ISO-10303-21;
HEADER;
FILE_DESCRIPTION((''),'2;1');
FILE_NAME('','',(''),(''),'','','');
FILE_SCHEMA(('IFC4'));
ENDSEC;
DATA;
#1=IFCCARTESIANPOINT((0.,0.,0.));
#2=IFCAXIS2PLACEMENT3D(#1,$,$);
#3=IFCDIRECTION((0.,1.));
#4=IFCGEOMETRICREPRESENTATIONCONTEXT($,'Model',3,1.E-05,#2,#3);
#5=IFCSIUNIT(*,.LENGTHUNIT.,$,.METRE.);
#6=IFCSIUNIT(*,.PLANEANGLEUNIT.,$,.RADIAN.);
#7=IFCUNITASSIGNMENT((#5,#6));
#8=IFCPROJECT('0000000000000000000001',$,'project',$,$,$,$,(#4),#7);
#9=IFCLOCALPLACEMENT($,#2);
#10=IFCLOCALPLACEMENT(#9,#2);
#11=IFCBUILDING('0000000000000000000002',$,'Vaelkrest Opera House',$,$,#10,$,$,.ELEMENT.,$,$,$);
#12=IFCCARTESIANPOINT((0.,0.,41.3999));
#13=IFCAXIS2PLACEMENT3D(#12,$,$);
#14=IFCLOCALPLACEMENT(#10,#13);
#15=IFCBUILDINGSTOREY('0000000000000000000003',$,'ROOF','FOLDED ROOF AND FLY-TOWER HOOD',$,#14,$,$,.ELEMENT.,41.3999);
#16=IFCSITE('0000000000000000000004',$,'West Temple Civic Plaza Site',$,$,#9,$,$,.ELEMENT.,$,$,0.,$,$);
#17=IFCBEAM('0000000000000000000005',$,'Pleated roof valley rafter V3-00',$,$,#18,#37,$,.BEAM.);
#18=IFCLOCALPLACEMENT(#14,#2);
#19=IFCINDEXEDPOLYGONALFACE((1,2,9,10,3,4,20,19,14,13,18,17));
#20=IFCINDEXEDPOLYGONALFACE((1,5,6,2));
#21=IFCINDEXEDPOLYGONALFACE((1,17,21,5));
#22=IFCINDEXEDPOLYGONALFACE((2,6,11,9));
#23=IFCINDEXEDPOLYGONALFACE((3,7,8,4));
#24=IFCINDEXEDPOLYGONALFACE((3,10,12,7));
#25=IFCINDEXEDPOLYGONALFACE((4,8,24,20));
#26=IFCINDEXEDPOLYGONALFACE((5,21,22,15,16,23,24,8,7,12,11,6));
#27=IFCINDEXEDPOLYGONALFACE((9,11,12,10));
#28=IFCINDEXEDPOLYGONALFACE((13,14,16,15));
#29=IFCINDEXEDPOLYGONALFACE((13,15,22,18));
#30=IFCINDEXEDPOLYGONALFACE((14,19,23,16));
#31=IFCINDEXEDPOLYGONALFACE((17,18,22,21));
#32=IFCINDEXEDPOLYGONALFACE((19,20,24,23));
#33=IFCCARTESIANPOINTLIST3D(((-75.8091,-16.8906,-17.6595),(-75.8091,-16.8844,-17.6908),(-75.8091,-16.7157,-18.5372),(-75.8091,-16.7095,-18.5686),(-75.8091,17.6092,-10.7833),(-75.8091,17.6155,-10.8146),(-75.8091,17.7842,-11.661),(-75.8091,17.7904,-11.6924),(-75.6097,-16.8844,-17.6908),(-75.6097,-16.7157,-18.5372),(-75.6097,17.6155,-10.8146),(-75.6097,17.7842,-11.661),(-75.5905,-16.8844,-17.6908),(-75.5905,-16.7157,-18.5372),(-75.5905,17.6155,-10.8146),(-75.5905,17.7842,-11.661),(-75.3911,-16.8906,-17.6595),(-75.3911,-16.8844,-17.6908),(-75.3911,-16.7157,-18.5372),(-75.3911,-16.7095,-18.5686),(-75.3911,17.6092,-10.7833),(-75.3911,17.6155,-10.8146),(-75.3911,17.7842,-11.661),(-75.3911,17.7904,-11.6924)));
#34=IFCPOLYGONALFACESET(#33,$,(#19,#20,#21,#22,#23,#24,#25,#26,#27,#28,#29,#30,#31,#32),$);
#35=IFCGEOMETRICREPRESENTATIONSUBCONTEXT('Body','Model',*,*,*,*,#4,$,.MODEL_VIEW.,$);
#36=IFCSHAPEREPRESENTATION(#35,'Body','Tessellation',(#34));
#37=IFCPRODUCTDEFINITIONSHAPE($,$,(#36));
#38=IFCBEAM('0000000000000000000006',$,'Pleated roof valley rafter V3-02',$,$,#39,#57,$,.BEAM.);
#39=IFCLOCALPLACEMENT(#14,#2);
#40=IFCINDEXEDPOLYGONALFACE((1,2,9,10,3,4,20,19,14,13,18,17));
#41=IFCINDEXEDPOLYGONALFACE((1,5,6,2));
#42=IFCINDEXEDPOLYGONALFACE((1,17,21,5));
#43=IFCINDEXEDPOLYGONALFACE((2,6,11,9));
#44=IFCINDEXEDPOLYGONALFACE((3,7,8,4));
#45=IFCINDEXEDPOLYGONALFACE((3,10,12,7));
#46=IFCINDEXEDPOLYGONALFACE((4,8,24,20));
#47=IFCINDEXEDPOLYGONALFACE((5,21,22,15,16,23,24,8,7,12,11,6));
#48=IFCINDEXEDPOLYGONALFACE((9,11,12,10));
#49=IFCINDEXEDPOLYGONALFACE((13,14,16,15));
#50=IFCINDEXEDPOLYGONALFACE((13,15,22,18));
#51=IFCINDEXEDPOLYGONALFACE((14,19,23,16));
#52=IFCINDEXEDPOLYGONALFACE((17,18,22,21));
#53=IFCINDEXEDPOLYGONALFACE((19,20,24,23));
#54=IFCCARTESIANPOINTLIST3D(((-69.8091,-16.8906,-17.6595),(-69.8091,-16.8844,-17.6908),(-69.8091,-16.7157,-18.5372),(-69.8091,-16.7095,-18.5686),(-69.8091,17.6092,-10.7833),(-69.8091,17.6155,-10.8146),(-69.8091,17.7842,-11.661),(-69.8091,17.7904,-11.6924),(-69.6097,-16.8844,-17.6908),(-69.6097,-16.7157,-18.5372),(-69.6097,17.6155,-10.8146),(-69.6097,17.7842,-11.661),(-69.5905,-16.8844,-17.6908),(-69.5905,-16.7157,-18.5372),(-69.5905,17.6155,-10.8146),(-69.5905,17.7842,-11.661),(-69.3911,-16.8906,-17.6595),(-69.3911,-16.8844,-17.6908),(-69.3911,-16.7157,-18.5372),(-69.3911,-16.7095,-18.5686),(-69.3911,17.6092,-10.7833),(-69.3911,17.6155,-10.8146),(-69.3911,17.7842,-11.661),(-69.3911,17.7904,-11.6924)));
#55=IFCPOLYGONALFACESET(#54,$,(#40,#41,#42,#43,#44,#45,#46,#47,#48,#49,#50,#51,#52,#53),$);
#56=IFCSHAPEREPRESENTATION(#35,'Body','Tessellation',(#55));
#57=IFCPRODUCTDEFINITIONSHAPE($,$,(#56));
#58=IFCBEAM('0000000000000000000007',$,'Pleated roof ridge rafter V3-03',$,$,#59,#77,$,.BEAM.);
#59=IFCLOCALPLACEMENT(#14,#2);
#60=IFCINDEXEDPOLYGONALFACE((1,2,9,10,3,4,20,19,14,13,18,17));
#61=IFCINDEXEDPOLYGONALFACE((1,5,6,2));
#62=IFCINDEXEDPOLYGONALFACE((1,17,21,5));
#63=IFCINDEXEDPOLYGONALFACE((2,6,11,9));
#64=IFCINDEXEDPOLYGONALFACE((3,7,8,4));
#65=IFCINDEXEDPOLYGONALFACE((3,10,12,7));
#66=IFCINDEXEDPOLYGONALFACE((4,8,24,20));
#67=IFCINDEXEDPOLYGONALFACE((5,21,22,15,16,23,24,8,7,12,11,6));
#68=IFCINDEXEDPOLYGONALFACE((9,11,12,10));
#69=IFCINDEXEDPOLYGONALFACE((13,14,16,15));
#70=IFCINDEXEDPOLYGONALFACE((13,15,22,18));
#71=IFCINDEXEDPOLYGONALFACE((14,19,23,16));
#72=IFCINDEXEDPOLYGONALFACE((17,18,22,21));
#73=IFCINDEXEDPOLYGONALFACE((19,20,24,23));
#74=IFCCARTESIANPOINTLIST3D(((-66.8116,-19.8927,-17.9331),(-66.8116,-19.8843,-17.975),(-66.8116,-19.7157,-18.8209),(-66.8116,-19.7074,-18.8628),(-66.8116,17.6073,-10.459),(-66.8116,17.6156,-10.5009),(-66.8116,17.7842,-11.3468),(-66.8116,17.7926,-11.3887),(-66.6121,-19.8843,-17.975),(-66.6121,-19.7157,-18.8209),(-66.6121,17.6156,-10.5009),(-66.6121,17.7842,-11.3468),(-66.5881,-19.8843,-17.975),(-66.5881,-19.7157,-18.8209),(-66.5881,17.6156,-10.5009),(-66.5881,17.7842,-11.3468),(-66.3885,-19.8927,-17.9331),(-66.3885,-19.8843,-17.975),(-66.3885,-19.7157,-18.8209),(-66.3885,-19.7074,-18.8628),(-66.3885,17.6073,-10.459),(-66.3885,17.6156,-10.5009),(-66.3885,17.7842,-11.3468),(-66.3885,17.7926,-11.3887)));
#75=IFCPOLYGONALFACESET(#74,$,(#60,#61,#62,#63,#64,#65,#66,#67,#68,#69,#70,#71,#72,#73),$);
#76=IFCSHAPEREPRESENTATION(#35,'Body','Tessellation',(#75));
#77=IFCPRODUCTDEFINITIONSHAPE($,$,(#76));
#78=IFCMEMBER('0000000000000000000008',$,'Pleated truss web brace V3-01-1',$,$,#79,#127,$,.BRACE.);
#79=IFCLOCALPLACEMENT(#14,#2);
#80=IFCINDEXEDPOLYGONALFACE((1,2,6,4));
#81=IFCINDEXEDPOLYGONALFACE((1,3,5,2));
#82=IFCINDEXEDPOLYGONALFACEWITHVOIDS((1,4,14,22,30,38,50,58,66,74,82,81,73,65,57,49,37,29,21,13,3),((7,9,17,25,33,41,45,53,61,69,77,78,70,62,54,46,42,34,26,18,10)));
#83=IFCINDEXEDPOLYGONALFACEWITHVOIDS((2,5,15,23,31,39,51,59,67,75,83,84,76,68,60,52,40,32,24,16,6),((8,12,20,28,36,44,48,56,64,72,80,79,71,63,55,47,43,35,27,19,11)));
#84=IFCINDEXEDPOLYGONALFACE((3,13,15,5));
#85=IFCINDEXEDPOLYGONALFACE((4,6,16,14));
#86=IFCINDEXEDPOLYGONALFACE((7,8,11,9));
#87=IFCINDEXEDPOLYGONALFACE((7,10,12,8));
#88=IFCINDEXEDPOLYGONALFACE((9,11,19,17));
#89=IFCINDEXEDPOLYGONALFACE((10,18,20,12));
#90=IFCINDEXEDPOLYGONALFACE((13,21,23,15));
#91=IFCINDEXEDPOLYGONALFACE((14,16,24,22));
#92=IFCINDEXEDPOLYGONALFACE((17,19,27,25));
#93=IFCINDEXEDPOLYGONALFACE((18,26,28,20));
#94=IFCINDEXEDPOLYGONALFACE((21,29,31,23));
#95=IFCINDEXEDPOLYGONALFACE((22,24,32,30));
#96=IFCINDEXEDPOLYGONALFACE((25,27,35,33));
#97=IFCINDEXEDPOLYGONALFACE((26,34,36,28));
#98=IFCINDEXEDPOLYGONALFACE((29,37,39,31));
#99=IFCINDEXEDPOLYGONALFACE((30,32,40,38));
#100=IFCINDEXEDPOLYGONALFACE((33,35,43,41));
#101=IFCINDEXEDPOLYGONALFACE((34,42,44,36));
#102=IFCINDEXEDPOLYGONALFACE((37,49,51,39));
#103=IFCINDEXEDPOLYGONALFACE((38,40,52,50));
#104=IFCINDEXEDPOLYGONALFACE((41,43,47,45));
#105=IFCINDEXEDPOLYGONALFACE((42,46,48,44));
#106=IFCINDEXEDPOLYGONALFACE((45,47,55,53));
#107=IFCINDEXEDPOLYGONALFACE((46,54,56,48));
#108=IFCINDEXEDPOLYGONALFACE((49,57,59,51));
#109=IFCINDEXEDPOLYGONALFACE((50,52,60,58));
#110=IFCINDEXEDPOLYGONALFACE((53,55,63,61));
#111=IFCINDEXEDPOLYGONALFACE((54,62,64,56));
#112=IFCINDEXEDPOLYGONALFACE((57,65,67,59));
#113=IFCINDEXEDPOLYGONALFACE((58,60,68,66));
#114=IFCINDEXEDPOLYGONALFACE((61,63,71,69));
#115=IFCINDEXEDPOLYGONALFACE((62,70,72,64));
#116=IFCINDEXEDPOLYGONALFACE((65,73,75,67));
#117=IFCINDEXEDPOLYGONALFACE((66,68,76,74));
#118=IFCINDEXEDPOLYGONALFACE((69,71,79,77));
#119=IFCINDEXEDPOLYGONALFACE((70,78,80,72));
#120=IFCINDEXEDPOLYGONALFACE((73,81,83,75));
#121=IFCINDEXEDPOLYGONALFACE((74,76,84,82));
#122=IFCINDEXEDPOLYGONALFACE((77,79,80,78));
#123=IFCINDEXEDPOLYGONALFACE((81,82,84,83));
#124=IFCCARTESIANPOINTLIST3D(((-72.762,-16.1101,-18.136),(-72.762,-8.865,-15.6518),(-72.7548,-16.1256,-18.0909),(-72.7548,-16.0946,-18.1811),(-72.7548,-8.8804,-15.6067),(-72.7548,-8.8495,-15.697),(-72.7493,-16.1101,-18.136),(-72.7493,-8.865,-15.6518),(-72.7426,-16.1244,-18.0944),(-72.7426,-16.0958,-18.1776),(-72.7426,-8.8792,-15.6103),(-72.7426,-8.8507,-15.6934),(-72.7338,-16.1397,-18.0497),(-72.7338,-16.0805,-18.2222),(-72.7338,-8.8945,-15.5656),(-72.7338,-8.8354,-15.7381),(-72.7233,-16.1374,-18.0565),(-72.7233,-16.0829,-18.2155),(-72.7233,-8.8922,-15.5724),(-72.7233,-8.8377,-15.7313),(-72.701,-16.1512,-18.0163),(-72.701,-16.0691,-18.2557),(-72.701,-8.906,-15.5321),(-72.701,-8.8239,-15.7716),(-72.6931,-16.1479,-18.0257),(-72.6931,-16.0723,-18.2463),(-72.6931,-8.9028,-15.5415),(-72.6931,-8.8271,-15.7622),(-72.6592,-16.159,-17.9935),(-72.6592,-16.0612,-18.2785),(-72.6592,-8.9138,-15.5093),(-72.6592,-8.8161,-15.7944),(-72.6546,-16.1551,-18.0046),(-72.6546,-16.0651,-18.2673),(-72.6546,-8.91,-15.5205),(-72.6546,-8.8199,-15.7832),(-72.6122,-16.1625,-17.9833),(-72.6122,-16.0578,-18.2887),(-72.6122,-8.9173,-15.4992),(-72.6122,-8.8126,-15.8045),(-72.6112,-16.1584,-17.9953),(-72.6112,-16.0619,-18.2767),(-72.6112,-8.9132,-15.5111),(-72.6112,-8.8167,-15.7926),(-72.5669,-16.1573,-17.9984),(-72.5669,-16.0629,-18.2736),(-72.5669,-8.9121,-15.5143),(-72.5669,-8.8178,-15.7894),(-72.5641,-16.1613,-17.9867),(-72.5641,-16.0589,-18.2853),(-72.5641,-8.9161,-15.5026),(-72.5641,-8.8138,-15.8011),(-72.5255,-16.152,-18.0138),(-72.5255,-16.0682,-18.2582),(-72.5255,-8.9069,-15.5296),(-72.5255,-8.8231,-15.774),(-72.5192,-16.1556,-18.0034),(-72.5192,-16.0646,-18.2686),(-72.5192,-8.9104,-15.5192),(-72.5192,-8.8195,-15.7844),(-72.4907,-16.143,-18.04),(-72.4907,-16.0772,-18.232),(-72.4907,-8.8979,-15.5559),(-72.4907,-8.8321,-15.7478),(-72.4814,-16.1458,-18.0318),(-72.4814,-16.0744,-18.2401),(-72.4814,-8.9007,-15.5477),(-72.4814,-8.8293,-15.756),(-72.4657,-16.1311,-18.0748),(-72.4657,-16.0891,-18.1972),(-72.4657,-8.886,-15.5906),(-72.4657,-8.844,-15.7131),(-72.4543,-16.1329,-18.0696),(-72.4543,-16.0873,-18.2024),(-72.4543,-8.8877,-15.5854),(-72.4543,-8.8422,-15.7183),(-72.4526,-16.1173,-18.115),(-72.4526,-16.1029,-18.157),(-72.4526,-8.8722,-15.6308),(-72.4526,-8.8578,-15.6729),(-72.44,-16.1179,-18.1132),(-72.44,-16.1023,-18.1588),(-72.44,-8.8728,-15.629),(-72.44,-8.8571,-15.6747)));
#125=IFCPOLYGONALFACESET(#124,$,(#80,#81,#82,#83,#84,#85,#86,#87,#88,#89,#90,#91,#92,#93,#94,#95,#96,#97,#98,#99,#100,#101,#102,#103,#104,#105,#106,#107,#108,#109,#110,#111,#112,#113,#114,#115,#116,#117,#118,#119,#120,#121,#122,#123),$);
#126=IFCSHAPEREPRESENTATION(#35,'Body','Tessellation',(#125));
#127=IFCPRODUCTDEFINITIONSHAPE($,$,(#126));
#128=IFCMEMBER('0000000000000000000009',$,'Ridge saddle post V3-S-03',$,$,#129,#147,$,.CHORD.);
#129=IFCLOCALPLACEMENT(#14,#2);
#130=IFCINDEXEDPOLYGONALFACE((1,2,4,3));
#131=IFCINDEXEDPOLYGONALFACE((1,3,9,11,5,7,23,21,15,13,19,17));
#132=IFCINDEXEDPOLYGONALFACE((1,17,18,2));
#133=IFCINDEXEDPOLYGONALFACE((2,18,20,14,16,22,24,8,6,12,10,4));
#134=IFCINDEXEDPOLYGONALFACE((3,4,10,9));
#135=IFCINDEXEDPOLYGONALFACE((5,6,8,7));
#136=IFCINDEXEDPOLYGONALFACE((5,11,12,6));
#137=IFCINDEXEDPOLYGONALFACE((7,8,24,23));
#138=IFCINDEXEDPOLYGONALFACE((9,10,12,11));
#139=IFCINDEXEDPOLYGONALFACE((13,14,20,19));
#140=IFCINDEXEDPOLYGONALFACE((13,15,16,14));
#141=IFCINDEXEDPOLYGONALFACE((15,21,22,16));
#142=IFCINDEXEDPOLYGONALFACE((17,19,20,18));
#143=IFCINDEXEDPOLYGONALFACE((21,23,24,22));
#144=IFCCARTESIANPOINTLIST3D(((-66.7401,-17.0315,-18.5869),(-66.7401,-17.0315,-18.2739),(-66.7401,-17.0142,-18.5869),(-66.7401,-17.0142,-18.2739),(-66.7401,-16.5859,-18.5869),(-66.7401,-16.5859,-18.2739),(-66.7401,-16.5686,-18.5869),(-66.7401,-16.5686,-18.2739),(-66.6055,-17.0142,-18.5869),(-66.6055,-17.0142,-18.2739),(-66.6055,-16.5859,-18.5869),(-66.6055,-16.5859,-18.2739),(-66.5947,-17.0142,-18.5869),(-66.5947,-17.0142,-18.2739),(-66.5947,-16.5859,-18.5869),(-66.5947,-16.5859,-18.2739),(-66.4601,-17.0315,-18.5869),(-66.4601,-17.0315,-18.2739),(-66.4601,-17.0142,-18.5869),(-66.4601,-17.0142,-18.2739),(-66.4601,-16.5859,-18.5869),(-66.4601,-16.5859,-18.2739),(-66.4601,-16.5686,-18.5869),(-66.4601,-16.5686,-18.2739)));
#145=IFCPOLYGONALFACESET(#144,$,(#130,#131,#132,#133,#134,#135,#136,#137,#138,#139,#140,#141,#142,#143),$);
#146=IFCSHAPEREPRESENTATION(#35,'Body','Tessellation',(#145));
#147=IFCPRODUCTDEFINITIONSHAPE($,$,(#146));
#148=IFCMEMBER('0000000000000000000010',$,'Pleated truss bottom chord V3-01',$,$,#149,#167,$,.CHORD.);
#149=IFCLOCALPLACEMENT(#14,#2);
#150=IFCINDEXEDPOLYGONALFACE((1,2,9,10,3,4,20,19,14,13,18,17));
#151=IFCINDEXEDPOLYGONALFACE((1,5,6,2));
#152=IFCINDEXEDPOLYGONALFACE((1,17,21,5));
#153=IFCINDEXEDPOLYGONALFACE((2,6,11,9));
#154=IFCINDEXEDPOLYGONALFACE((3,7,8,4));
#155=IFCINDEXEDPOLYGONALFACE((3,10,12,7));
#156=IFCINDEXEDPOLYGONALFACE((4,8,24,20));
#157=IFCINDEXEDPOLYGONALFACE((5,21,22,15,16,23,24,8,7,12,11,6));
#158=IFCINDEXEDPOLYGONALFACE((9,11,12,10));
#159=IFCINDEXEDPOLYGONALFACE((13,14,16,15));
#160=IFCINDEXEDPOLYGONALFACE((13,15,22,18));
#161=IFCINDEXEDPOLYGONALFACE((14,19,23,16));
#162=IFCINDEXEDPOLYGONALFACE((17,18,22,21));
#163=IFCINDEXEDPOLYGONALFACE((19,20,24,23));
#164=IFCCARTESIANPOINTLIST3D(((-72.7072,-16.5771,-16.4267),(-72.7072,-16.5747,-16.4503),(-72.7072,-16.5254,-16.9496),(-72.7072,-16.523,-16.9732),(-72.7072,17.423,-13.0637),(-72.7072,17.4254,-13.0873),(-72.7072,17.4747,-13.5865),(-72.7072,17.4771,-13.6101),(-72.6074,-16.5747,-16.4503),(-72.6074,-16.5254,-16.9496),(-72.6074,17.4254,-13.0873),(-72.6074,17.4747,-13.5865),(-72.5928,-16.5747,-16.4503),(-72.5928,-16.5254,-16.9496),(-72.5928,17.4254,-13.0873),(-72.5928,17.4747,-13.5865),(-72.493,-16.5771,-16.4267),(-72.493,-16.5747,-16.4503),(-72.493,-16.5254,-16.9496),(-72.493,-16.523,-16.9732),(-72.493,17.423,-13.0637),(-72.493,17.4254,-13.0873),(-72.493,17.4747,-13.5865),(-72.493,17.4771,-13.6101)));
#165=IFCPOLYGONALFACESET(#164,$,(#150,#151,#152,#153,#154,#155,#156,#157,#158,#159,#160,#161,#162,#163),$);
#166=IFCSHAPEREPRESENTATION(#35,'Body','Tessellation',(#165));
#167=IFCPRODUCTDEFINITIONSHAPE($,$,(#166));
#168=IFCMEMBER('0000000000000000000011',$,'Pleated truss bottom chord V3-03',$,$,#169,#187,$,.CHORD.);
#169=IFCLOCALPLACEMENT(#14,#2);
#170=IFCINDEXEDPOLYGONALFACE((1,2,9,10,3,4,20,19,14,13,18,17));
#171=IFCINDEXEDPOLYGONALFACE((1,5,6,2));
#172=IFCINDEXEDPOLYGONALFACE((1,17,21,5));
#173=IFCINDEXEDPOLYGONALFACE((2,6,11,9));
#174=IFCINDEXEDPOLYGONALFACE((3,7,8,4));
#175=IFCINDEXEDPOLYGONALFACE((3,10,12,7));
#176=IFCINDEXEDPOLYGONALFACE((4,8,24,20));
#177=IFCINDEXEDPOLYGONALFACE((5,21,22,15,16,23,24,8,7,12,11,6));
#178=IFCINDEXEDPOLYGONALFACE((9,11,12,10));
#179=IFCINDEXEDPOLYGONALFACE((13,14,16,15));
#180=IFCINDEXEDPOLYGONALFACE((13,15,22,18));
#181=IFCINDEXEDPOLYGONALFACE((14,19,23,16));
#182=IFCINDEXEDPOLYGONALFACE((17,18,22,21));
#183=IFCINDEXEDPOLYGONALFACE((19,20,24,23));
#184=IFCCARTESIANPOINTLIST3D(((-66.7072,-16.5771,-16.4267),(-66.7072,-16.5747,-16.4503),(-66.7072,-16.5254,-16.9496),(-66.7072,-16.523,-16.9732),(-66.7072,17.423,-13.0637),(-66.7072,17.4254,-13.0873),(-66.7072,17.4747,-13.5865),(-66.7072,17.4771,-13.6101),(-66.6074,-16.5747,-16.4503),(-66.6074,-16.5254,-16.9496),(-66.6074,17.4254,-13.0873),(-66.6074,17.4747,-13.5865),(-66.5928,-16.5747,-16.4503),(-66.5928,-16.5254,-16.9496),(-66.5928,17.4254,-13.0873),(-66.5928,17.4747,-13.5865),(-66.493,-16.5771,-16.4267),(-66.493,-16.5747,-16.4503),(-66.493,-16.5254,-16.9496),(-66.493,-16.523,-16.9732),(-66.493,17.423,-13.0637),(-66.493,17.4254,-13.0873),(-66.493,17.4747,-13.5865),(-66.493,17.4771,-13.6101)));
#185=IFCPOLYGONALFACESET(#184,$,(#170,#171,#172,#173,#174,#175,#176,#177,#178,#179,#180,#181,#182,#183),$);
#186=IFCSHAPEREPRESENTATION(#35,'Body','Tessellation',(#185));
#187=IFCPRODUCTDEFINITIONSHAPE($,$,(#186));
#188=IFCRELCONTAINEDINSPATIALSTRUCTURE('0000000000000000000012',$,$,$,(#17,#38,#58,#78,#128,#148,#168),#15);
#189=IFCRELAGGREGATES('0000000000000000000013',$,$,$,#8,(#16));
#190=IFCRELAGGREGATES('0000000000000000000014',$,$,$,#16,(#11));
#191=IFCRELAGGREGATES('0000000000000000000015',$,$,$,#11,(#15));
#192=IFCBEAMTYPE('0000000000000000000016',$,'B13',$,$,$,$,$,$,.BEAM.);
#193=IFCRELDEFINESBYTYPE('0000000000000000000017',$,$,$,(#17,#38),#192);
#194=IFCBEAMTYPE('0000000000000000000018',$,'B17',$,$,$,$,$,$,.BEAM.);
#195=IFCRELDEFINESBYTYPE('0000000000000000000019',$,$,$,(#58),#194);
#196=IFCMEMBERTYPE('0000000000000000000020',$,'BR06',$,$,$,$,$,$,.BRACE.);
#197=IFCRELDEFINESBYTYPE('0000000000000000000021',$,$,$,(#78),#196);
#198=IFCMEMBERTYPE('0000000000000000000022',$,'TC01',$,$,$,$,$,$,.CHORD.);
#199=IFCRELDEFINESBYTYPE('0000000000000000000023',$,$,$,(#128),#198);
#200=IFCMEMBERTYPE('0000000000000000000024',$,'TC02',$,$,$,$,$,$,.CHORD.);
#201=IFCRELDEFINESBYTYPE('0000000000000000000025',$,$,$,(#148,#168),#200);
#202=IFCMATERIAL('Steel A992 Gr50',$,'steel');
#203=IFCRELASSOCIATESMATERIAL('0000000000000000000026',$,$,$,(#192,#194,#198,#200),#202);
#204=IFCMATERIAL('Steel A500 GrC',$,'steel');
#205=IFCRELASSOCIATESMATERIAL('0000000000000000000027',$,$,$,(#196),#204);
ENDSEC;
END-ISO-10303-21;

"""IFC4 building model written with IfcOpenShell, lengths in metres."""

from ifc_helpers import new_model, si_unit, direction, frame, origin, origin_2d, place, context, subcontext, project, spatial, hollow_circle, i_section, extrude, material, material_profile, profile_set, type_object, element, save


model = new_model("IFC4")

# Units and contexts
model_context = context("Model", 3, precision=1e-05, world=origin(), true_north=direction((0.0, 1.0)))
body_context = subcontext(model_context, "Body", "Model", "MODEL_VIEW")
ifc_project = project(units=[si_unit("LENGTHUNIT", "METRE"), si_unit("PLANEANGLEUNIT", "RADIAN")], contexts=[model_context])

# Site, building, storey
site_placement = place(None, origin())
site = spatial("IfcSite", under=ifc_project, at=site_placement, Name="West Temple Civic Plaza Site", CompositionType="ELEMENT", RefElevation=0.0)
building_placement = place(site_placement, origin())
building = spatial("IfcBuilding", under=site, at=building_placement, Name="Vaelkrest Opera House", CompositionType="ELEMENT")
storey_placement = place(building_placement, frame((0.0, 0.0, 41.3999)))
storey = spatial("IfcBuildingStorey", under=building, at=storey_placement, Name="ROOF", Description="FOLDED ROOF AND FLY-TOWER HOOD", CompositionType="ELEMENT", Elevation=41.3999)

# Beams
ifc_material_1 = material(Name="Steel A992 Gr50", Category="steel")
ifc_material_profile_1 = material_profile(ifc_material_1, i_section(OverallWidth=0.418, OverallDepth=0.927, WebThickness=0.0193, FlangeThickness=0.032, at=origin_2d()), Name="W36X231")
ifc_profile_set_1 = profile_set([ifc_material_profile_1], Name="Steel A992 Gr50")
beam_type_1 = type_object("IfcBeamType", Name="B13", PredefinedType="BEAM", material=ifc_profile_set_1)
for number, where, z_axis, x_axis, name in (
    (1, (-75.6001, -16.8, -18.114), (0.0, 0.98071, 0.195466), (-1.0, 0.0, 0.0), "Pleated roof valley rafter V3-00"),
    (2, (-69.6001, -16.8, -18.114), (0.0, 0.98071, 0.195466), (-1.0, 0.0, 0.0), "Pleated roof valley rafter V3-02"),
):
    element("IfcBeam", number, at=place(storey_placement, frame(where, z_axis=z_axis, x_axis=x_axis)), inside=storey, type_object=beam_type_1, Name=name, PredefinedType="BEAM", context=body_context, shape_type="SweptSolid", body=[
        extrude(i_section(OverallWidth=0.418, OverallDepth=0.927, WebThickness=0.0193, FlangeThickness=0.032, at=origin_2d()), origin(), (0.0, 0.0, 1.0), 35.1785),
    ])
ifc_material_profile_2 = material_profile(ifc_material_1, i_section(OverallWidth=0.4231, OverallDepth=0.948, WebThickness=0.0239, FlangeThickness=0.0427, at=origin_2d()), Name="W36X302")
ifc_profile_set_2 = profile_set([ifc_material_profile_2], Name="Steel A992 Gr50")
beam_type_2 = type_object("IfcBeamType", Name="B17", PredefinedType="BEAM", material=ifc_profile_set_2)
beam_placement = place(storey_placement, frame((-66.6001, -19.8, -18.3979), z_axis=(0.0, 0.980711, 0.195465), x_axis=(-1.0, 0.0, 0.0)))
element("IfcBeam", 3, at=beam_placement, inside=storey, type_object=beam_type_2, Name="Pleated roof ridge rafter V3-03", PredefinedType="BEAM", context=body_context, shape_type="SweptSolid", body=[
    extrude(i_section(OverallWidth=0.4231, OverallDepth=0.948, WebThickness=0.0239, FlangeThickness=0.0427, at=origin_2d()), origin(), (0.0, 0.0, 1.0), 38.2375),
])

# Members
ifc_material_2 = material(Name="Steel A500 GrC", Category="steel")
ifc_material_profile_3 = material_profile(ifc_material_2, hollow_circle(Radius=0.1619, WallThickness=0.0127, at=origin_2d()), Name="HSS323.9X12.7")
ifc_profile_set_3 = profile_set([ifc_material_profile_3], Name="Steel A500 GrC")
member_type_1 = type_object("IfcMemberType", Name="BR06", PredefinedType="BRACE", material=ifc_profile_set_3)
member_1_placement = place(storey_placement, frame((-72.6001, -16.1101, -18.136), z_axis=(0.0, 0.945942, 0.324335), x_axis=(-1.0, 0.0, 0.0)))
element("IfcMember", 4, at=member_1_placement, inside=storey, type_object=member_type_1, Name="Pleated truss web brace V3-01-1", PredefinedType="BRACE", context=body_context, shape_type="SweptSolid", body=[
    extrude(hollow_circle(Radius=0.1619, WallThickness=0.0127, at=origin_2d()), origin(), (0.0, 0.0, 1.0), 7.6592),
])
ifc_material_profile_4 = material_profile(ifc_material_1, i_section(OverallWidth=0.28, OverallDepth=0.4629, WebThickness=0.0107, FlangeThickness=0.0173, at=origin_2d()), Name="W18X76")
ifc_profile_set_4 = profile_set([ifc_material_profile_4], Name="Steel A992 Gr50")
member_type_2 = type_object("IfcMemberType", Name="TC01", PredefinedType="CHORD", material=ifc_profile_set_4)
member_2_placement = place(storey_placement, frame((-66.6001, -16.8, -18.5869), z_axis=(0.0, 0.0, 1.0), x_axis=(1.0, 0.0, 0.0)))
element("IfcMember", 5, at=member_2_placement, inside=storey, type_object=member_type_2, Name="Ridge saddle post V3-S-03", PredefinedType="CHORD", context=body_context, shape_type="SweptSolid", body=[
    extrude(i_section(OverallWidth=0.28, OverallDepth=0.4629, WebThickness=0.0107, FlangeThickness=0.0173, at=origin_2d()), origin(), (0.0, 0.0, 1.0), 0.313),
])
ifc_material_profile_5 = material_profile(ifc_material_1, i_section(OverallWidth=0.2141, OverallDepth=0.5491, WebThickness=0.0146, FlangeThickness=0.0237, at=origin_2d()), Name="W21X93")
ifc_profile_set_5 = profile_set([ifc_material_profile_5], Name="Steel A992 Gr50")
member_type_3 = type_object("IfcMemberType", Name="TC02", PredefinedType="CHORD", material=ifc_profile_set_5)
for number, where, z_axis, x_axis, name in (
    (6, (-72.6001, -16.55, -16.7), (0.0, 0.995144, 0.098433), (-1.0, 0.0, 0.0), "Pleated truss bottom chord V3-01"),
    (7, (-66.6001, -16.55, -16.7), (0.0, 0.995144, 0.098433), (-1.0, 0.0, 0.0), "Pleated truss bottom chord V3-03"),
):
    element("IfcMember", number, at=place(storey_placement, frame(where, z_axis=z_axis, x_axis=x_axis)), inside=storey, type_object=member_type_3, Name=name, PredefinedType="CHORD", context=body_context, shape_type="SweptSolid", body=[
        extrude(i_section(OverallWidth=0.2141, OverallDepth=0.5491, WebThickness=0.0146, FlangeThickness=0.0237, at=origin_2d()), origin(), (0.0, 0.0, 1.0), 34.166),
    ])

save(model, "model.ifc")
